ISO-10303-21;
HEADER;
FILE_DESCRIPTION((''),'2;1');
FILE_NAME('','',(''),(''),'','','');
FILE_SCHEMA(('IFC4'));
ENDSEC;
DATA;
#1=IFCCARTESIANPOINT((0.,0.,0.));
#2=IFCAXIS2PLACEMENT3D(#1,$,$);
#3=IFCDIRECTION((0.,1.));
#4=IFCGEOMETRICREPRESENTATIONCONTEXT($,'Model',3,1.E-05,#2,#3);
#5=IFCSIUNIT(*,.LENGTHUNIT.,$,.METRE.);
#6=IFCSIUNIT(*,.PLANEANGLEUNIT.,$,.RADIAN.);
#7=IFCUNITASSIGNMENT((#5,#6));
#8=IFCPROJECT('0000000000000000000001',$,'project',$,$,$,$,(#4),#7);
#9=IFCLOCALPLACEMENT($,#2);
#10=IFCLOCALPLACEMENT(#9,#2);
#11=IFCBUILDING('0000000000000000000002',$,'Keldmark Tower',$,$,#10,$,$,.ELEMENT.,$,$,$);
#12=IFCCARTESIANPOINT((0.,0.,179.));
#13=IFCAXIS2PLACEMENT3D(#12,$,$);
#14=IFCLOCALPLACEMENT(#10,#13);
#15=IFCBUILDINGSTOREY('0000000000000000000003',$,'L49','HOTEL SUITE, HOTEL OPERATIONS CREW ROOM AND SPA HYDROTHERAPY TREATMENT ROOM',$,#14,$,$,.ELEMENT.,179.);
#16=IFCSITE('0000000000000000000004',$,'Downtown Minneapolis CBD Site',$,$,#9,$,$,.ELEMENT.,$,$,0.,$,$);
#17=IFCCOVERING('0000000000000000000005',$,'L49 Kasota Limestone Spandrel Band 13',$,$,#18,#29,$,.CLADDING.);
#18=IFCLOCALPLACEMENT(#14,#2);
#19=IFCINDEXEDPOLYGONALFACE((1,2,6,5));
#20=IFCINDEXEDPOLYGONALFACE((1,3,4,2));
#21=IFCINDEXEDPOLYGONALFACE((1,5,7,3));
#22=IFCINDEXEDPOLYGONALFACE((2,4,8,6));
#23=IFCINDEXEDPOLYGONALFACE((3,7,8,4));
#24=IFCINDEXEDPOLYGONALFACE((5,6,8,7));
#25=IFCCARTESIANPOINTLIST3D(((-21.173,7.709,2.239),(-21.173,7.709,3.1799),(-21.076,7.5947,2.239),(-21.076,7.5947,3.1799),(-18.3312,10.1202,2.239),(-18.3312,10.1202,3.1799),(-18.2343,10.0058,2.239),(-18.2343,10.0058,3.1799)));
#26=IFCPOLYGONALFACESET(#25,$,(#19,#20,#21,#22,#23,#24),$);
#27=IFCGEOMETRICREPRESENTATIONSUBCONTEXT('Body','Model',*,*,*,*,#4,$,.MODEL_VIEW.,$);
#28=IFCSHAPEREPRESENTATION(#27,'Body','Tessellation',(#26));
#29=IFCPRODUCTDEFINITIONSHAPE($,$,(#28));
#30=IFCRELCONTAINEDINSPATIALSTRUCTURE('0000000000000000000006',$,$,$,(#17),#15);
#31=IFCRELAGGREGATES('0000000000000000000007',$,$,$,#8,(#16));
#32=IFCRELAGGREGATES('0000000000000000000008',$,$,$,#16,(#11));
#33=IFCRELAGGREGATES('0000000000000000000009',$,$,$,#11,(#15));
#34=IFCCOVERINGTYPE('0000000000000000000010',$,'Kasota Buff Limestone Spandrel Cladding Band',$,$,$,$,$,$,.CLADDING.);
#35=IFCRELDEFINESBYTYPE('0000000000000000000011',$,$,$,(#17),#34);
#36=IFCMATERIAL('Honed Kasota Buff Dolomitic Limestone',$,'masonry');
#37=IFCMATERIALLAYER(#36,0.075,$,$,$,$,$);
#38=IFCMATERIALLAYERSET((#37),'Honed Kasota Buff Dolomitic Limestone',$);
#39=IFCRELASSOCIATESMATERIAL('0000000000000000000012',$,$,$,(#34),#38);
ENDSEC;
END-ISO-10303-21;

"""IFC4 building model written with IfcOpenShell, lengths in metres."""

from ifc_helpers import new_model, si_unit, direction, frame, origin, origin_2d, place, context, subcontext, project, spatial, rectangle, extrude, material, layer, layer_set, type_object, element, save


model = new_model("IFC4")

# Units and contexts
model_context = context("Model", 3, precision=1e-05, world=origin(), true_north=direction((0.0, 1.0)))
body_context = subcontext(model_context, "Body", "Model", "MODEL_VIEW")
ifc_project = project(units=[si_unit("LENGTHUNIT", "METRE"), si_unit("PLANEANGLEUNIT", "RADIAN")], contexts=[model_context])

# Site, building, storey
site_placement = place(None, origin())
site = spatial("IfcSite", under=ifc_project, at=site_placement, Name="Downtown Minneapolis CBD Site", CompositionType="ELEMENT", RefElevation=0.0)
building_placement = place(site_placement, origin())
building = spatial("IfcBuilding", under=site, at=building_placement, Name="Keldmark Tower", CompositionType="ELEMENT")
storey_placement = place(building_placement, frame((0.0, 0.0, 179.0)))
storey = spatial("IfcBuildingStorey", under=building, at=storey_placement, Name="L49", Description="HOTEL SUITE, HOTEL OPERATIONS CREW ROOM AND SPA HYDROTHERAPY TREATMENT ROOM", CompositionType="ELEMENT", Elevation=179.0)

# Covering
ifc_material_1 = material(Name="Honed Kasota Buff Dolomitic Limestone", Category="masonry")
ifc_layer_1 = layer(ifc_material_1, 0.075)
ifc_layer_set_1 = layer_set([ifc_layer_1], Name="Honed Kasota Buff Dolomitic Limestone")
covering_type = type_object("IfcCoveringType", Name="Kasota Buff Limestone Spandrel Cladding Band", PredefinedType="CLADDING", material=ifc_layer_set_1)
covering_placement = place(storey_placement, frame((-19.7036, 8.8574, 2.239), z_axis=(0.0, 0.0, 1.0), x_axis=(-0.76251, -0.646976, 0.0)))
element("IfcCovering", 1, at=covering_placement, inside=storey, type_object=covering_type, Name="L49 Kasota Limestone Spandrel Band 13", PredefinedType="CLADDING", context=body_context, shape_type="SweptSolid", body=[
    extrude(rectangle(XDim=3.7268, YDim=0.1499, at=origin_2d()), origin(), (0.0, 0.0, 1.0), 0.9409),
])

save(model, "model.ifc")
